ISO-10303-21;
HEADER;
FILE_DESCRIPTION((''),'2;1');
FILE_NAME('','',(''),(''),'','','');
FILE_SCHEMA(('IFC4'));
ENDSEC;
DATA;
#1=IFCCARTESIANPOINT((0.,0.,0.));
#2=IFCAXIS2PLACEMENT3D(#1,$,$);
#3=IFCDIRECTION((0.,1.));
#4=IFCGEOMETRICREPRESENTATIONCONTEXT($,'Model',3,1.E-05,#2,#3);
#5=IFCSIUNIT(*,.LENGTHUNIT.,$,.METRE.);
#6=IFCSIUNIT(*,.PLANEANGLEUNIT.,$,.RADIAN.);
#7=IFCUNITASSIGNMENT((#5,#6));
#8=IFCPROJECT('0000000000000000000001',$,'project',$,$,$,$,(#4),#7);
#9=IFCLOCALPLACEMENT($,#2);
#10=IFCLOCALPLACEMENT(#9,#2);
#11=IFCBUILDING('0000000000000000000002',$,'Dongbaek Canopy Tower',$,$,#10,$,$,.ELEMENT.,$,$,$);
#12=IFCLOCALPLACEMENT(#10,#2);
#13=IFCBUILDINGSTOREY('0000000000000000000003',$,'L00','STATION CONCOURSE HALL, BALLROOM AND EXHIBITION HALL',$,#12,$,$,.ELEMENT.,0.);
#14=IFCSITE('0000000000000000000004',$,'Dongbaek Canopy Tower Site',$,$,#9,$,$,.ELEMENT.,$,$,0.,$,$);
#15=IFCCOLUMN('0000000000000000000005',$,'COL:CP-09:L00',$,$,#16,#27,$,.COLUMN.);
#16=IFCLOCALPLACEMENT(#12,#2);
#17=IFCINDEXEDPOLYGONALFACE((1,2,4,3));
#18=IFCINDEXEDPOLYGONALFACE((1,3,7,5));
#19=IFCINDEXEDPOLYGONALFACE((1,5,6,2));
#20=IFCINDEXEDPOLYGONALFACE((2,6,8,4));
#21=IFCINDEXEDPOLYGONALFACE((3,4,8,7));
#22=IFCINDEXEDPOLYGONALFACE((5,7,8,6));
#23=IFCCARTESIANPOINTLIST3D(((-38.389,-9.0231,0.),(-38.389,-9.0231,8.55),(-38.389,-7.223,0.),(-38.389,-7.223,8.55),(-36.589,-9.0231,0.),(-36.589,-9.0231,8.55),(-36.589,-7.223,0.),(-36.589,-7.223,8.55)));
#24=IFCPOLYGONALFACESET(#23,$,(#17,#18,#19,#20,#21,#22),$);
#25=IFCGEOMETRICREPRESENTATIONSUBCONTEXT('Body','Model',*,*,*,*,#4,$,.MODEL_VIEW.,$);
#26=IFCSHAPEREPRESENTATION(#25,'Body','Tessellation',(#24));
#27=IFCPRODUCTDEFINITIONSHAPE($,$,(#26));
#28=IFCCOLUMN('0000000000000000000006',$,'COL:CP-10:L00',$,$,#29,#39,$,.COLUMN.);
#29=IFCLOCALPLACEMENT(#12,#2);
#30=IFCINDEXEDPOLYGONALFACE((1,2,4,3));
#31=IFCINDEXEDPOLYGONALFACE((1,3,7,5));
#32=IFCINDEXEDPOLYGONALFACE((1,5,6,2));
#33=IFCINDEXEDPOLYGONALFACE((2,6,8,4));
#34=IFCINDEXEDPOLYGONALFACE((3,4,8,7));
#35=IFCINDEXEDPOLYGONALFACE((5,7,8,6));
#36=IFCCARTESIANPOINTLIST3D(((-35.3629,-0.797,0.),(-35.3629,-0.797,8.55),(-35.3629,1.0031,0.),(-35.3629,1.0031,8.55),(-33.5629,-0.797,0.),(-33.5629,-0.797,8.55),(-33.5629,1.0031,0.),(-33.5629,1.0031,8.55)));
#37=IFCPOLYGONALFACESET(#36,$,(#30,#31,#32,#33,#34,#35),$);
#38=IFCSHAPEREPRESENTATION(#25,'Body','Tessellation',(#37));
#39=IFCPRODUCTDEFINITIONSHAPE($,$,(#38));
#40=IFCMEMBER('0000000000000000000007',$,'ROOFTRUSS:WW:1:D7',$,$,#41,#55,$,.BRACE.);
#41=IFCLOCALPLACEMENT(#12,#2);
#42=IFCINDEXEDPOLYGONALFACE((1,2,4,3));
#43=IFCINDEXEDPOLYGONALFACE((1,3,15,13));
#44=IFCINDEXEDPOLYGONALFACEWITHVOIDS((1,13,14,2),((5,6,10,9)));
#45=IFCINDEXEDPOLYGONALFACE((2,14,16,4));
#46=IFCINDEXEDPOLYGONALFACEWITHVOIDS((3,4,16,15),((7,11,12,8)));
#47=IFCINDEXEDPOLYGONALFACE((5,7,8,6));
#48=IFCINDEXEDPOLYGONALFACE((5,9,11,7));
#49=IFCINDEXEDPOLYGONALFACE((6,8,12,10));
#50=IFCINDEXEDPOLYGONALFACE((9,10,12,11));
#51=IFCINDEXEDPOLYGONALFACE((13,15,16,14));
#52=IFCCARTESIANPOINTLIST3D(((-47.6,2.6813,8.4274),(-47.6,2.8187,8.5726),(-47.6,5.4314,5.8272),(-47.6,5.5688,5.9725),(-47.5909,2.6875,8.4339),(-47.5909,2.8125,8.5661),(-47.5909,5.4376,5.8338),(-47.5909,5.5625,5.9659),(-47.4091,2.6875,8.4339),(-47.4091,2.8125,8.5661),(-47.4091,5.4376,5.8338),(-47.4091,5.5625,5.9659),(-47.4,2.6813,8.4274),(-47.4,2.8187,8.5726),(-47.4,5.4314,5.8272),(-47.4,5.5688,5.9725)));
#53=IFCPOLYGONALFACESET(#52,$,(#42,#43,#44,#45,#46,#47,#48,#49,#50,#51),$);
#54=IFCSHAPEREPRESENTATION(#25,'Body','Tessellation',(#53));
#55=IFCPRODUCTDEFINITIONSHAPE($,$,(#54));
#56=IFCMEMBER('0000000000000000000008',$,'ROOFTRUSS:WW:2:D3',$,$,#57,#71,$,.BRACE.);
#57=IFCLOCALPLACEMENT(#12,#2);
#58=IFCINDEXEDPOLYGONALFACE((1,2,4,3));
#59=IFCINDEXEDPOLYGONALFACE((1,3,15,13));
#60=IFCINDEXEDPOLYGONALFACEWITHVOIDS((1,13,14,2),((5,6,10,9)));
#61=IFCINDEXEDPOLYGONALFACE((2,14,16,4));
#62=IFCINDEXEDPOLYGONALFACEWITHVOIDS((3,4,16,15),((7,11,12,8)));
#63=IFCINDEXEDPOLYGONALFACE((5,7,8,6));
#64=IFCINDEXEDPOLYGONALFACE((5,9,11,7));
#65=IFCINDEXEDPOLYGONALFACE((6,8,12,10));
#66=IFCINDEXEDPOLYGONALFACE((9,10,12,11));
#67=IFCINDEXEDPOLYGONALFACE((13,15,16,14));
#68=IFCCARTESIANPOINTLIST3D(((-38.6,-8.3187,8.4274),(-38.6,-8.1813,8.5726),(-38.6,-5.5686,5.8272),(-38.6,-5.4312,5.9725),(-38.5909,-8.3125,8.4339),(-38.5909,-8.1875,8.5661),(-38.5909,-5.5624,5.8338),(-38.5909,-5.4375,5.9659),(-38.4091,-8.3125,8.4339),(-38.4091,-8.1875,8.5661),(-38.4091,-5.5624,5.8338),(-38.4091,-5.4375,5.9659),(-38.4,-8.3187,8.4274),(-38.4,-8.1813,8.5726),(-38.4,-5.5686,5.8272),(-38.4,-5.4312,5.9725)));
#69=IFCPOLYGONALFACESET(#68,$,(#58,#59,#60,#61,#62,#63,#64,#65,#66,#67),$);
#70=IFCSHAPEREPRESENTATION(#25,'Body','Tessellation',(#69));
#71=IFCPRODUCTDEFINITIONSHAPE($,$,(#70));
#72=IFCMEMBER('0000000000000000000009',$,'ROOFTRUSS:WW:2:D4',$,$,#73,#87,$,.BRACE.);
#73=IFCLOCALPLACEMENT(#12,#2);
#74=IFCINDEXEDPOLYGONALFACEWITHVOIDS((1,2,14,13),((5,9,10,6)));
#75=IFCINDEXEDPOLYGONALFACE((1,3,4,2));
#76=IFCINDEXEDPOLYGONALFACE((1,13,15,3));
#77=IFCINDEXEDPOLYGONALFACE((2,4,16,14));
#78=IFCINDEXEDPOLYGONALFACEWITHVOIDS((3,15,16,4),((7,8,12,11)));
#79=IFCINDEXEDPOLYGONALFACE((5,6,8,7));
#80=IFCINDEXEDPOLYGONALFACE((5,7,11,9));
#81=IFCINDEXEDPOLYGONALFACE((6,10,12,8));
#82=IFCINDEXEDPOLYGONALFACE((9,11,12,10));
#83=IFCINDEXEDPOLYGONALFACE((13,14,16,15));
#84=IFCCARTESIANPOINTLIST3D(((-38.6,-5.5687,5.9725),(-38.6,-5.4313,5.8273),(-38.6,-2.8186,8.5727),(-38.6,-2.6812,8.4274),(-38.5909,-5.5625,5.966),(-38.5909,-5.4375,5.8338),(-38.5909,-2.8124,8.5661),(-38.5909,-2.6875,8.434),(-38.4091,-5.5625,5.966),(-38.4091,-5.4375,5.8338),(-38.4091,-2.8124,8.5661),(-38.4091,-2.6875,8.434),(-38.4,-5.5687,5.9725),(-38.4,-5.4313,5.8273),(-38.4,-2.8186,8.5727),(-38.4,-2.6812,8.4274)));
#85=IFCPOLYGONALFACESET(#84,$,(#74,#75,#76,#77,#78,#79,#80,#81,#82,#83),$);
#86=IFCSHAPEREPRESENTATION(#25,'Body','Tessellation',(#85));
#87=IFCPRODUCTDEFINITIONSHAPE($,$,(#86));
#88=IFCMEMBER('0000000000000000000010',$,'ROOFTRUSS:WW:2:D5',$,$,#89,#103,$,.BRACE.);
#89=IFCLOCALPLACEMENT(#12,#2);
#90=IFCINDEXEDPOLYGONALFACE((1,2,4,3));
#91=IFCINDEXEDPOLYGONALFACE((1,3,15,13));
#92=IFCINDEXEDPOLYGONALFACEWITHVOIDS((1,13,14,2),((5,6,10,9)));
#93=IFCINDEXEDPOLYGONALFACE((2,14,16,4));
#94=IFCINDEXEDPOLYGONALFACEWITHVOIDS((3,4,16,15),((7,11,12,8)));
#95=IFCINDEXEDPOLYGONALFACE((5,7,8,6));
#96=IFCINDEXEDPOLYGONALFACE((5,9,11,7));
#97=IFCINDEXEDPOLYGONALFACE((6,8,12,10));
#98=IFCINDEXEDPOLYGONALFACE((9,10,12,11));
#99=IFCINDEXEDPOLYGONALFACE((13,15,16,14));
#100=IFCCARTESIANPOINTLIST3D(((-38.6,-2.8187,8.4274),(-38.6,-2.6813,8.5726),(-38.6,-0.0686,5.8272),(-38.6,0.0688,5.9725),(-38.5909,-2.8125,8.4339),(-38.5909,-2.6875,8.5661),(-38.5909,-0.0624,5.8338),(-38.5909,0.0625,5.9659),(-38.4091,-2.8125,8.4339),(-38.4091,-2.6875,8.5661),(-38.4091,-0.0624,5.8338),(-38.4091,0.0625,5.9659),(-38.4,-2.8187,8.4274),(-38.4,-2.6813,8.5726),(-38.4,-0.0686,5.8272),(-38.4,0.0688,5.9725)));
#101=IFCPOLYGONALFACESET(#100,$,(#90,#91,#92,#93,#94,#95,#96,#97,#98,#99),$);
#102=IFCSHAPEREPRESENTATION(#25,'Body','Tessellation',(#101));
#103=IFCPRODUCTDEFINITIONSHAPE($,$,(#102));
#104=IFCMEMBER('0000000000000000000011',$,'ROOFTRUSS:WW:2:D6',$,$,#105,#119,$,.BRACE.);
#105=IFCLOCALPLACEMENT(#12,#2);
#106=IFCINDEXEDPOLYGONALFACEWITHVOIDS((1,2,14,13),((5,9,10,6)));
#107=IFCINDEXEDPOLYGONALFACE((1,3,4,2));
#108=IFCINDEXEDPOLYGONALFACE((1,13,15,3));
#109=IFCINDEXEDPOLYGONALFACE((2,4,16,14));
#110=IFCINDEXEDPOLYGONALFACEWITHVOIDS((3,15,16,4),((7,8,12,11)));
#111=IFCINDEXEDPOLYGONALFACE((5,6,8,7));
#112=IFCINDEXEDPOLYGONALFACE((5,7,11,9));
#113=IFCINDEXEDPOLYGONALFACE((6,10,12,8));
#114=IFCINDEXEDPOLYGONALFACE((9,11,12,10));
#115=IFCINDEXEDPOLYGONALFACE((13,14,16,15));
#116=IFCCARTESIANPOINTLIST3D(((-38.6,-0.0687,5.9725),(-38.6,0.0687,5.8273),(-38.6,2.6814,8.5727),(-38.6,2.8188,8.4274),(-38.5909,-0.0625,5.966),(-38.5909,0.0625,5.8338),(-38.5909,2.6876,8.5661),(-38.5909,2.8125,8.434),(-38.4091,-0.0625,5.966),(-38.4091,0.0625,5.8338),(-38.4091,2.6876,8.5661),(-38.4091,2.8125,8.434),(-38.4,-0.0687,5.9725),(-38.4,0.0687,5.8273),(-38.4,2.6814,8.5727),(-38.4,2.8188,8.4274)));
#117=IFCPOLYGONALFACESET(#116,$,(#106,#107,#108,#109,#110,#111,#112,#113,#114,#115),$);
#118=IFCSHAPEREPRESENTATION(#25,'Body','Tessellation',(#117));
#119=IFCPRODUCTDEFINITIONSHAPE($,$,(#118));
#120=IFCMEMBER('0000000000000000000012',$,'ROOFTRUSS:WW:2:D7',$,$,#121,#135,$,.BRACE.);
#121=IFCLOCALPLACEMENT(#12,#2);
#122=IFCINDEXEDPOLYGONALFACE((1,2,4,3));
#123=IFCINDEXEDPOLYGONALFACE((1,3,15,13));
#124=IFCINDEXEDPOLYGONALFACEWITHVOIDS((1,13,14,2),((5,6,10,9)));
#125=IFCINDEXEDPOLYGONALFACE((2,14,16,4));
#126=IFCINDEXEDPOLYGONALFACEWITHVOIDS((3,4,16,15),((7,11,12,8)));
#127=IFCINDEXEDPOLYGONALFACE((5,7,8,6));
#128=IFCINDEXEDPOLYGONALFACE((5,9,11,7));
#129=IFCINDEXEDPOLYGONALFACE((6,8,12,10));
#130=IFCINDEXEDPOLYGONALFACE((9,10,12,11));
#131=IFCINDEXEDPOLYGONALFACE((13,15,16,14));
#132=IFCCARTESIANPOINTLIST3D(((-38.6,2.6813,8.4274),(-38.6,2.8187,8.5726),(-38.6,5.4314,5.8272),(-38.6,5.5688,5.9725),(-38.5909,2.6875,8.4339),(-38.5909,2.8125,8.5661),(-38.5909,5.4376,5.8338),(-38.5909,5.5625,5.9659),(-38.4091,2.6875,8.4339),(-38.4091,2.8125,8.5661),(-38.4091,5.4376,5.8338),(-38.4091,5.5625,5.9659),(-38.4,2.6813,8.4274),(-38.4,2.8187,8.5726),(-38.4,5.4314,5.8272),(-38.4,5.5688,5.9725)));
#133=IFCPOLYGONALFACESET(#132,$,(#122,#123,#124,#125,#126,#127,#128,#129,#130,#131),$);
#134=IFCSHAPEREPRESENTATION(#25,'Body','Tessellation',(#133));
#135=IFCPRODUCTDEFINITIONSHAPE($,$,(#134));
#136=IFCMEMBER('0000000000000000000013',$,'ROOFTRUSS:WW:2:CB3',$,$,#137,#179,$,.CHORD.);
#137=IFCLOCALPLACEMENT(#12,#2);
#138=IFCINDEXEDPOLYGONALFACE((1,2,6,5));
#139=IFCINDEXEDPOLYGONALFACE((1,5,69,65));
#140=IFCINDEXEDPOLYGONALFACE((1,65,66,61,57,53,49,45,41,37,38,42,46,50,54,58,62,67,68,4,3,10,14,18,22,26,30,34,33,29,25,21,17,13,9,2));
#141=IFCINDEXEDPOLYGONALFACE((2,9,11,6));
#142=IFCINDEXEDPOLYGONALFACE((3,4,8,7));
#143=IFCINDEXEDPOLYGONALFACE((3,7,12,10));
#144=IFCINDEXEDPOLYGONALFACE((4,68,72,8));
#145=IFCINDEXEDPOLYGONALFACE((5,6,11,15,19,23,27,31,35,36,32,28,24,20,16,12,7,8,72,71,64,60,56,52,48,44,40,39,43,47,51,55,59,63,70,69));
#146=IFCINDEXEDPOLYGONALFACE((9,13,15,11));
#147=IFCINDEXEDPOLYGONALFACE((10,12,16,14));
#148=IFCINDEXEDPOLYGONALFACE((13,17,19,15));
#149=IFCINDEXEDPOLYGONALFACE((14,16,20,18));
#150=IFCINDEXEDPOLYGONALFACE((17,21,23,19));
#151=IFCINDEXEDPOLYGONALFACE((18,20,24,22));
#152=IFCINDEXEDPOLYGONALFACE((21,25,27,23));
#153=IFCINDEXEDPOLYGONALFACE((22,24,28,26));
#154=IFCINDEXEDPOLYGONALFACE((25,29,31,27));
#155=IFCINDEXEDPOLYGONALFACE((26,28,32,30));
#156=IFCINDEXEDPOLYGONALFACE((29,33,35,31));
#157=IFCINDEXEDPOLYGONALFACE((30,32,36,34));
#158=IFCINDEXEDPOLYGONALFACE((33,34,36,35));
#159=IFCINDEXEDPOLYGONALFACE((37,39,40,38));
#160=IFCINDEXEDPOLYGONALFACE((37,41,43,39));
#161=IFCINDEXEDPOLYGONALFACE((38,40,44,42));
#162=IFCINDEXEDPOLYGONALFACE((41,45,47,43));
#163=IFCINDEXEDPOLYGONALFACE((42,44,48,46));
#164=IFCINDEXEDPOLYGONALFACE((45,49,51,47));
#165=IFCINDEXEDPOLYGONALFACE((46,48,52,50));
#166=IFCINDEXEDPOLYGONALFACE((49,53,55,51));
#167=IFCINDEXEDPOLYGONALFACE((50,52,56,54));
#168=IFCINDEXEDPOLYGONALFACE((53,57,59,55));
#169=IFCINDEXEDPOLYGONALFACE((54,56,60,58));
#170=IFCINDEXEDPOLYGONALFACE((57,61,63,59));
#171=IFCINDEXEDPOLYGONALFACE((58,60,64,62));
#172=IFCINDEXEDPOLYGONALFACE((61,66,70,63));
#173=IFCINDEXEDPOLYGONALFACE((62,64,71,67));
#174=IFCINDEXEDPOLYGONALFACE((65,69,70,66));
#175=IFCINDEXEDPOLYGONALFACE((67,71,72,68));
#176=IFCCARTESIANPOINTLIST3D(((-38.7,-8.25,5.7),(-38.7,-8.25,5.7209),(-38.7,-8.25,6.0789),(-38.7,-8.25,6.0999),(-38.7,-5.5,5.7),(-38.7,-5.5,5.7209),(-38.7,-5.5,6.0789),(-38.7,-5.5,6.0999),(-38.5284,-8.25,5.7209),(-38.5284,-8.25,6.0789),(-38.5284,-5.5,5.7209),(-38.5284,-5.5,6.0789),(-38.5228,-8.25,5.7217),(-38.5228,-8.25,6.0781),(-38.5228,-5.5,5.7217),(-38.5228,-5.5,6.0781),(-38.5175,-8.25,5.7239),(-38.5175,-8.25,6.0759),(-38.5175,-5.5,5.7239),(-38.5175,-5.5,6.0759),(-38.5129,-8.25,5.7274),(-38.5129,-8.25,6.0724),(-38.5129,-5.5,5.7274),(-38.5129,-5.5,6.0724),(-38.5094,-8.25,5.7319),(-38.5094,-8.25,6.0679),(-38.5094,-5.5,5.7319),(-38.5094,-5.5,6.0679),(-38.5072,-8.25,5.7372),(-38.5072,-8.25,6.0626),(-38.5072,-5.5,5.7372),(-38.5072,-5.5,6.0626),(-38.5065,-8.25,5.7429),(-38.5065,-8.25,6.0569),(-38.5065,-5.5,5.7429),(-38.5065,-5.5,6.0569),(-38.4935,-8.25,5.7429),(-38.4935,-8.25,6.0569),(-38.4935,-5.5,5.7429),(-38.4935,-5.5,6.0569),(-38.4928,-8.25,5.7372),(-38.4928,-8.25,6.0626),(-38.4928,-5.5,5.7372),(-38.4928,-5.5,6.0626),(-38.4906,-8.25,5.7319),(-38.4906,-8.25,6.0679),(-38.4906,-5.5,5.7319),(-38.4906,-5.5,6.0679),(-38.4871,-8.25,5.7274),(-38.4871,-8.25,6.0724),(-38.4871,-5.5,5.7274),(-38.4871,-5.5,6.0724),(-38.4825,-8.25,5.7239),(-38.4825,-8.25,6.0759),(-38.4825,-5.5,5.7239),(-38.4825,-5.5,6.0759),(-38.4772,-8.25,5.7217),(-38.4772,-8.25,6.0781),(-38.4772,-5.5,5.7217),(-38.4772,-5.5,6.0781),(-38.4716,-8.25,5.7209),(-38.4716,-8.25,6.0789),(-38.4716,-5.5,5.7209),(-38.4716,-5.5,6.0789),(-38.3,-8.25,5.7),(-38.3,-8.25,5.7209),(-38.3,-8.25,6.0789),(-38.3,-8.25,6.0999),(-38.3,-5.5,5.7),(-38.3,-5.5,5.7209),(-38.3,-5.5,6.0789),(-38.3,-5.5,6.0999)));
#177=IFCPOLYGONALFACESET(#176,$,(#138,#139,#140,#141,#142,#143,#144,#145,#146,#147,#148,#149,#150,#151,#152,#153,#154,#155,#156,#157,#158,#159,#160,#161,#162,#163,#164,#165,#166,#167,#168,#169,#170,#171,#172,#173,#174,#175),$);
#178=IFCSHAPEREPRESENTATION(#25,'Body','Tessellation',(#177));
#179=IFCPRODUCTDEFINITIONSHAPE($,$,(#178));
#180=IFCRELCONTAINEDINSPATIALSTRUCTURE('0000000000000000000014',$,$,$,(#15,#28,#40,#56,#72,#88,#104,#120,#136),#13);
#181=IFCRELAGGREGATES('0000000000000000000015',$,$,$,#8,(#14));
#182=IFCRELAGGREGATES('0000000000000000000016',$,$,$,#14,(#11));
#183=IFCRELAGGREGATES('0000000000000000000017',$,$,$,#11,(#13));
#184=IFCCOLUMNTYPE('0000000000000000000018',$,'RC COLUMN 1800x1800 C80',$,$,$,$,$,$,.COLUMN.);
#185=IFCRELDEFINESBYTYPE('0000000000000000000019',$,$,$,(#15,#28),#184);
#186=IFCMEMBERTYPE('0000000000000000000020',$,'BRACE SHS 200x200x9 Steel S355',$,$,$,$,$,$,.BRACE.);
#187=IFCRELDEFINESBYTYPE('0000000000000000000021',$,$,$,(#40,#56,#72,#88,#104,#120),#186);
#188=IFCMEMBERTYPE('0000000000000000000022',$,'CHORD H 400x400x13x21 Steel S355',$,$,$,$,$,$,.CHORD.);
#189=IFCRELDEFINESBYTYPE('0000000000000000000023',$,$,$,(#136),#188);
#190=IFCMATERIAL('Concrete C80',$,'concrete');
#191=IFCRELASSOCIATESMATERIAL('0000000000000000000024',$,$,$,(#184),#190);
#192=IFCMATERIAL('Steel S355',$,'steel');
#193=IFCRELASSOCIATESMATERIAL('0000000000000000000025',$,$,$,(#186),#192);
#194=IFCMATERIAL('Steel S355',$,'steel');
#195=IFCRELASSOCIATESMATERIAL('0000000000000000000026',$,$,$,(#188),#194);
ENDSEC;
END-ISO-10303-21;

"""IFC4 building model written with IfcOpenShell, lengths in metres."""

from ifc_helpers import new_model, si_unit, direction, frame, origin, origin_2d, place, context, subcontext, project, spatial, rectangle, hollow_rectangle, i_section, extrude, material, material_profile, profile_set, type_object, element, save


model = new_model("IFC4")

# Units and contexts
model_context = context("Model", 3, precision=1e-05, world=origin(), true_north=direction((0.0, 1.0)))
body_context = subcontext(model_context, "Body", "Model", "MODEL_VIEW")
ifc_project = project(units=[si_unit("LENGTHUNIT", "METRE"), si_unit("PLANEANGLEUNIT", "RADIAN")], contexts=[model_context])

# Site, building, storey
site_placement = place(None, origin())
site = spatial("IfcSite", under=ifc_project, at=site_placement, Name="Dongbaek Canopy Tower Site", CompositionType="ELEMENT", RefElevation=0.0)
building_placement = place(site_placement, origin())
building = spatial("IfcBuilding", under=site, at=building_placement, Name="Dongbaek Canopy Tower", CompositionType="ELEMENT")
storey_placement = place(building_placement, origin())
storey = spatial("IfcBuildingStorey", under=building, at=storey_placement, Name="L00", Description="STATION CONCOURSE HALL, BALLROOM AND EXHIBITION HALL", CompositionType="ELEMENT", Elevation=0.0)

# Columns
ifc_material_1 = material(Name="Concrete C80", Category="concrete")
ifc_material_profile_1 = material_profile(ifc_material_1, rectangle(XDim=1.8, YDim=1.8, at=origin_2d()), Name="RC COLUMN 1800x1800 C80")
ifc_profile_set_1 = profile_set([ifc_material_profile_1], Name="Concrete C80")
column_type = type_object("IfcColumnType", Name="RC COLUMN 1800x1800 C80", PredefinedType="COLUMN", material=ifc_profile_set_1)
for number, where, z_axis, x_axis, name in (
    (1, (-37.489, -8.123, 0.0), (0.0, 0.0, 1.0), (1.0, 0.0, 0.0), "COL:CP-09:L00"),
    (2, (-34.4629, 0.103, 0.0), (0.0, 0.0, 1.0), (1.0, 0.0, 0.0), "COL:CP-10:L00"),
):
    element("IfcColumn", number, at=place(storey_placement, frame(where, z_axis=z_axis, x_axis=x_axis)), inside=storey, type_object=column_type, Name=name, PredefinedType="COLUMN", context=body_context, shape_type="SweptSolid", body=[
        extrude(rectangle(XDim=1.8, YDim=1.8, at=origin_2d()), origin(), (0.0, 0.0, 1.0), 8.55),
    ])

# Members
ifc_material_2 = material(Name="Steel S355", Category="steel")
ifc_material_profile_2 = material_profile(ifc_material_2, hollow_rectangle(XDim=0.2, YDim=0.2, WallThickness=0.009, at=origin_2d()), Name="BRACE SHS 200x200x9 Steel S355")
ifc_profile_set_2 = profile_set([ifc_material_profile_2], Name="Steel S355")
member_type_1 = type_object("IfcMemberType", Name="BRACE SHS 200x200x9 Steel S355", PredefinedType="BRACE", material=ifc_profile_set_2)
for number, where, z_axis, x_axis, name in (
    (3, (-47.5, 2.75, 8.5), (0.0, 0.726634, -0.687025), (-1.0, 0.0, 0.0), "ROOFTRUSS:WW:1:D7"),
    (4, (-38.5, -8.25, 8.5), (0.0, 0.726634, -0.687025), (-1.0, 0.0, 0.0), "ROOFTRUSS:WW:2:D3"),
    (5, (-38.5, -5.5, 5.8999), (0.0, 0.726634, 0.687025), (-1.0, 0.0, 0.0), "ROOFTRUSS:WW:2:D4"),
    (6, (-38.5, -2.75, 8.5), (0.0, 0.726634, -0.687025), (-1.0, 0.0, 0.0), "ROOFTRUSS:WW:2:D5"),
    (7, (-38.5, 0.0, 5.8999), (0.0, 0.726634, 0.687025), (-1.0, 0.0, 0.0), "ROOFTRUSS:WW:2:D6"),
    (8, (-38.5, 2.75, 8.5), (0.0, 0.726634, -0.687025), (-1.0, 0.0, 0.0), "ROOFTRUSS:WW:2:D7"),
):
    element("IfcMember", number, at=place(storey_placement, frame(where, z_axis=z_axis, x_axis=x_axis)), inside=storey, type_object=member_type_1, Name=name, PredefinedType="BRACE", context=body_context, shape_type="SweptSolid", body=[
        extrude(hollow_rectangle(XDim=0.2, YDim=0.2, WallThickness=0.009, at=origin_2d()), origin(), (0.0, 0.0, 1.0), 3.7847),
    ])
ifc_material_3 = material(Name="Steel S355", Category="steel")
ifc_material_profile_3 = material_profile(ifc_material_3, i_section(OverallWidth=0.3999, OverallDepth=0.3999, WebThickness=0.0129, FlangeThickness=0.021, FilletRadius=0.022, at=origin_2d()), Name="CHORD H 400x400x13x21 Steel S355")
ifc_profile_set_3 = profile_set([ifc_material_profile_3], Name="Steel S355")
member_type_2 = type_object("IfcMemberType", Name="CHORD H 400x400x13x21 Steel S355", PredefinedType="CHORD", material=ifc_profile_set_3)
for number, where, z_axis, x_axis, name in (
    (9, (-38.5, -8.25, 5.8999), (0.0, 1.0, 0.0), (-1.0, 0.0, 0.0), "ROOFTRUSS:WW:2:CB3"),
):
    element("IfcMember", number, at=place(storey_placement, frame(where, z_axis=z_axis, x_axis=x_axis)), inside=storey, type_object=member_type_2, Name=name, PredefinedType="CHORD", context=body_context, shape_type="SweptSolid", body=[
        extrude(i_section(OverallWidth=0.3999, OverallDepth=0.3999, WebThickness=0.0129, FlangeThickness=0.021, FilletRadius=0.022, at=origin_2d()), origin(), (0.0, 0.0, 1.0), 2.75),
    ])

save(model, "model.ifc")
